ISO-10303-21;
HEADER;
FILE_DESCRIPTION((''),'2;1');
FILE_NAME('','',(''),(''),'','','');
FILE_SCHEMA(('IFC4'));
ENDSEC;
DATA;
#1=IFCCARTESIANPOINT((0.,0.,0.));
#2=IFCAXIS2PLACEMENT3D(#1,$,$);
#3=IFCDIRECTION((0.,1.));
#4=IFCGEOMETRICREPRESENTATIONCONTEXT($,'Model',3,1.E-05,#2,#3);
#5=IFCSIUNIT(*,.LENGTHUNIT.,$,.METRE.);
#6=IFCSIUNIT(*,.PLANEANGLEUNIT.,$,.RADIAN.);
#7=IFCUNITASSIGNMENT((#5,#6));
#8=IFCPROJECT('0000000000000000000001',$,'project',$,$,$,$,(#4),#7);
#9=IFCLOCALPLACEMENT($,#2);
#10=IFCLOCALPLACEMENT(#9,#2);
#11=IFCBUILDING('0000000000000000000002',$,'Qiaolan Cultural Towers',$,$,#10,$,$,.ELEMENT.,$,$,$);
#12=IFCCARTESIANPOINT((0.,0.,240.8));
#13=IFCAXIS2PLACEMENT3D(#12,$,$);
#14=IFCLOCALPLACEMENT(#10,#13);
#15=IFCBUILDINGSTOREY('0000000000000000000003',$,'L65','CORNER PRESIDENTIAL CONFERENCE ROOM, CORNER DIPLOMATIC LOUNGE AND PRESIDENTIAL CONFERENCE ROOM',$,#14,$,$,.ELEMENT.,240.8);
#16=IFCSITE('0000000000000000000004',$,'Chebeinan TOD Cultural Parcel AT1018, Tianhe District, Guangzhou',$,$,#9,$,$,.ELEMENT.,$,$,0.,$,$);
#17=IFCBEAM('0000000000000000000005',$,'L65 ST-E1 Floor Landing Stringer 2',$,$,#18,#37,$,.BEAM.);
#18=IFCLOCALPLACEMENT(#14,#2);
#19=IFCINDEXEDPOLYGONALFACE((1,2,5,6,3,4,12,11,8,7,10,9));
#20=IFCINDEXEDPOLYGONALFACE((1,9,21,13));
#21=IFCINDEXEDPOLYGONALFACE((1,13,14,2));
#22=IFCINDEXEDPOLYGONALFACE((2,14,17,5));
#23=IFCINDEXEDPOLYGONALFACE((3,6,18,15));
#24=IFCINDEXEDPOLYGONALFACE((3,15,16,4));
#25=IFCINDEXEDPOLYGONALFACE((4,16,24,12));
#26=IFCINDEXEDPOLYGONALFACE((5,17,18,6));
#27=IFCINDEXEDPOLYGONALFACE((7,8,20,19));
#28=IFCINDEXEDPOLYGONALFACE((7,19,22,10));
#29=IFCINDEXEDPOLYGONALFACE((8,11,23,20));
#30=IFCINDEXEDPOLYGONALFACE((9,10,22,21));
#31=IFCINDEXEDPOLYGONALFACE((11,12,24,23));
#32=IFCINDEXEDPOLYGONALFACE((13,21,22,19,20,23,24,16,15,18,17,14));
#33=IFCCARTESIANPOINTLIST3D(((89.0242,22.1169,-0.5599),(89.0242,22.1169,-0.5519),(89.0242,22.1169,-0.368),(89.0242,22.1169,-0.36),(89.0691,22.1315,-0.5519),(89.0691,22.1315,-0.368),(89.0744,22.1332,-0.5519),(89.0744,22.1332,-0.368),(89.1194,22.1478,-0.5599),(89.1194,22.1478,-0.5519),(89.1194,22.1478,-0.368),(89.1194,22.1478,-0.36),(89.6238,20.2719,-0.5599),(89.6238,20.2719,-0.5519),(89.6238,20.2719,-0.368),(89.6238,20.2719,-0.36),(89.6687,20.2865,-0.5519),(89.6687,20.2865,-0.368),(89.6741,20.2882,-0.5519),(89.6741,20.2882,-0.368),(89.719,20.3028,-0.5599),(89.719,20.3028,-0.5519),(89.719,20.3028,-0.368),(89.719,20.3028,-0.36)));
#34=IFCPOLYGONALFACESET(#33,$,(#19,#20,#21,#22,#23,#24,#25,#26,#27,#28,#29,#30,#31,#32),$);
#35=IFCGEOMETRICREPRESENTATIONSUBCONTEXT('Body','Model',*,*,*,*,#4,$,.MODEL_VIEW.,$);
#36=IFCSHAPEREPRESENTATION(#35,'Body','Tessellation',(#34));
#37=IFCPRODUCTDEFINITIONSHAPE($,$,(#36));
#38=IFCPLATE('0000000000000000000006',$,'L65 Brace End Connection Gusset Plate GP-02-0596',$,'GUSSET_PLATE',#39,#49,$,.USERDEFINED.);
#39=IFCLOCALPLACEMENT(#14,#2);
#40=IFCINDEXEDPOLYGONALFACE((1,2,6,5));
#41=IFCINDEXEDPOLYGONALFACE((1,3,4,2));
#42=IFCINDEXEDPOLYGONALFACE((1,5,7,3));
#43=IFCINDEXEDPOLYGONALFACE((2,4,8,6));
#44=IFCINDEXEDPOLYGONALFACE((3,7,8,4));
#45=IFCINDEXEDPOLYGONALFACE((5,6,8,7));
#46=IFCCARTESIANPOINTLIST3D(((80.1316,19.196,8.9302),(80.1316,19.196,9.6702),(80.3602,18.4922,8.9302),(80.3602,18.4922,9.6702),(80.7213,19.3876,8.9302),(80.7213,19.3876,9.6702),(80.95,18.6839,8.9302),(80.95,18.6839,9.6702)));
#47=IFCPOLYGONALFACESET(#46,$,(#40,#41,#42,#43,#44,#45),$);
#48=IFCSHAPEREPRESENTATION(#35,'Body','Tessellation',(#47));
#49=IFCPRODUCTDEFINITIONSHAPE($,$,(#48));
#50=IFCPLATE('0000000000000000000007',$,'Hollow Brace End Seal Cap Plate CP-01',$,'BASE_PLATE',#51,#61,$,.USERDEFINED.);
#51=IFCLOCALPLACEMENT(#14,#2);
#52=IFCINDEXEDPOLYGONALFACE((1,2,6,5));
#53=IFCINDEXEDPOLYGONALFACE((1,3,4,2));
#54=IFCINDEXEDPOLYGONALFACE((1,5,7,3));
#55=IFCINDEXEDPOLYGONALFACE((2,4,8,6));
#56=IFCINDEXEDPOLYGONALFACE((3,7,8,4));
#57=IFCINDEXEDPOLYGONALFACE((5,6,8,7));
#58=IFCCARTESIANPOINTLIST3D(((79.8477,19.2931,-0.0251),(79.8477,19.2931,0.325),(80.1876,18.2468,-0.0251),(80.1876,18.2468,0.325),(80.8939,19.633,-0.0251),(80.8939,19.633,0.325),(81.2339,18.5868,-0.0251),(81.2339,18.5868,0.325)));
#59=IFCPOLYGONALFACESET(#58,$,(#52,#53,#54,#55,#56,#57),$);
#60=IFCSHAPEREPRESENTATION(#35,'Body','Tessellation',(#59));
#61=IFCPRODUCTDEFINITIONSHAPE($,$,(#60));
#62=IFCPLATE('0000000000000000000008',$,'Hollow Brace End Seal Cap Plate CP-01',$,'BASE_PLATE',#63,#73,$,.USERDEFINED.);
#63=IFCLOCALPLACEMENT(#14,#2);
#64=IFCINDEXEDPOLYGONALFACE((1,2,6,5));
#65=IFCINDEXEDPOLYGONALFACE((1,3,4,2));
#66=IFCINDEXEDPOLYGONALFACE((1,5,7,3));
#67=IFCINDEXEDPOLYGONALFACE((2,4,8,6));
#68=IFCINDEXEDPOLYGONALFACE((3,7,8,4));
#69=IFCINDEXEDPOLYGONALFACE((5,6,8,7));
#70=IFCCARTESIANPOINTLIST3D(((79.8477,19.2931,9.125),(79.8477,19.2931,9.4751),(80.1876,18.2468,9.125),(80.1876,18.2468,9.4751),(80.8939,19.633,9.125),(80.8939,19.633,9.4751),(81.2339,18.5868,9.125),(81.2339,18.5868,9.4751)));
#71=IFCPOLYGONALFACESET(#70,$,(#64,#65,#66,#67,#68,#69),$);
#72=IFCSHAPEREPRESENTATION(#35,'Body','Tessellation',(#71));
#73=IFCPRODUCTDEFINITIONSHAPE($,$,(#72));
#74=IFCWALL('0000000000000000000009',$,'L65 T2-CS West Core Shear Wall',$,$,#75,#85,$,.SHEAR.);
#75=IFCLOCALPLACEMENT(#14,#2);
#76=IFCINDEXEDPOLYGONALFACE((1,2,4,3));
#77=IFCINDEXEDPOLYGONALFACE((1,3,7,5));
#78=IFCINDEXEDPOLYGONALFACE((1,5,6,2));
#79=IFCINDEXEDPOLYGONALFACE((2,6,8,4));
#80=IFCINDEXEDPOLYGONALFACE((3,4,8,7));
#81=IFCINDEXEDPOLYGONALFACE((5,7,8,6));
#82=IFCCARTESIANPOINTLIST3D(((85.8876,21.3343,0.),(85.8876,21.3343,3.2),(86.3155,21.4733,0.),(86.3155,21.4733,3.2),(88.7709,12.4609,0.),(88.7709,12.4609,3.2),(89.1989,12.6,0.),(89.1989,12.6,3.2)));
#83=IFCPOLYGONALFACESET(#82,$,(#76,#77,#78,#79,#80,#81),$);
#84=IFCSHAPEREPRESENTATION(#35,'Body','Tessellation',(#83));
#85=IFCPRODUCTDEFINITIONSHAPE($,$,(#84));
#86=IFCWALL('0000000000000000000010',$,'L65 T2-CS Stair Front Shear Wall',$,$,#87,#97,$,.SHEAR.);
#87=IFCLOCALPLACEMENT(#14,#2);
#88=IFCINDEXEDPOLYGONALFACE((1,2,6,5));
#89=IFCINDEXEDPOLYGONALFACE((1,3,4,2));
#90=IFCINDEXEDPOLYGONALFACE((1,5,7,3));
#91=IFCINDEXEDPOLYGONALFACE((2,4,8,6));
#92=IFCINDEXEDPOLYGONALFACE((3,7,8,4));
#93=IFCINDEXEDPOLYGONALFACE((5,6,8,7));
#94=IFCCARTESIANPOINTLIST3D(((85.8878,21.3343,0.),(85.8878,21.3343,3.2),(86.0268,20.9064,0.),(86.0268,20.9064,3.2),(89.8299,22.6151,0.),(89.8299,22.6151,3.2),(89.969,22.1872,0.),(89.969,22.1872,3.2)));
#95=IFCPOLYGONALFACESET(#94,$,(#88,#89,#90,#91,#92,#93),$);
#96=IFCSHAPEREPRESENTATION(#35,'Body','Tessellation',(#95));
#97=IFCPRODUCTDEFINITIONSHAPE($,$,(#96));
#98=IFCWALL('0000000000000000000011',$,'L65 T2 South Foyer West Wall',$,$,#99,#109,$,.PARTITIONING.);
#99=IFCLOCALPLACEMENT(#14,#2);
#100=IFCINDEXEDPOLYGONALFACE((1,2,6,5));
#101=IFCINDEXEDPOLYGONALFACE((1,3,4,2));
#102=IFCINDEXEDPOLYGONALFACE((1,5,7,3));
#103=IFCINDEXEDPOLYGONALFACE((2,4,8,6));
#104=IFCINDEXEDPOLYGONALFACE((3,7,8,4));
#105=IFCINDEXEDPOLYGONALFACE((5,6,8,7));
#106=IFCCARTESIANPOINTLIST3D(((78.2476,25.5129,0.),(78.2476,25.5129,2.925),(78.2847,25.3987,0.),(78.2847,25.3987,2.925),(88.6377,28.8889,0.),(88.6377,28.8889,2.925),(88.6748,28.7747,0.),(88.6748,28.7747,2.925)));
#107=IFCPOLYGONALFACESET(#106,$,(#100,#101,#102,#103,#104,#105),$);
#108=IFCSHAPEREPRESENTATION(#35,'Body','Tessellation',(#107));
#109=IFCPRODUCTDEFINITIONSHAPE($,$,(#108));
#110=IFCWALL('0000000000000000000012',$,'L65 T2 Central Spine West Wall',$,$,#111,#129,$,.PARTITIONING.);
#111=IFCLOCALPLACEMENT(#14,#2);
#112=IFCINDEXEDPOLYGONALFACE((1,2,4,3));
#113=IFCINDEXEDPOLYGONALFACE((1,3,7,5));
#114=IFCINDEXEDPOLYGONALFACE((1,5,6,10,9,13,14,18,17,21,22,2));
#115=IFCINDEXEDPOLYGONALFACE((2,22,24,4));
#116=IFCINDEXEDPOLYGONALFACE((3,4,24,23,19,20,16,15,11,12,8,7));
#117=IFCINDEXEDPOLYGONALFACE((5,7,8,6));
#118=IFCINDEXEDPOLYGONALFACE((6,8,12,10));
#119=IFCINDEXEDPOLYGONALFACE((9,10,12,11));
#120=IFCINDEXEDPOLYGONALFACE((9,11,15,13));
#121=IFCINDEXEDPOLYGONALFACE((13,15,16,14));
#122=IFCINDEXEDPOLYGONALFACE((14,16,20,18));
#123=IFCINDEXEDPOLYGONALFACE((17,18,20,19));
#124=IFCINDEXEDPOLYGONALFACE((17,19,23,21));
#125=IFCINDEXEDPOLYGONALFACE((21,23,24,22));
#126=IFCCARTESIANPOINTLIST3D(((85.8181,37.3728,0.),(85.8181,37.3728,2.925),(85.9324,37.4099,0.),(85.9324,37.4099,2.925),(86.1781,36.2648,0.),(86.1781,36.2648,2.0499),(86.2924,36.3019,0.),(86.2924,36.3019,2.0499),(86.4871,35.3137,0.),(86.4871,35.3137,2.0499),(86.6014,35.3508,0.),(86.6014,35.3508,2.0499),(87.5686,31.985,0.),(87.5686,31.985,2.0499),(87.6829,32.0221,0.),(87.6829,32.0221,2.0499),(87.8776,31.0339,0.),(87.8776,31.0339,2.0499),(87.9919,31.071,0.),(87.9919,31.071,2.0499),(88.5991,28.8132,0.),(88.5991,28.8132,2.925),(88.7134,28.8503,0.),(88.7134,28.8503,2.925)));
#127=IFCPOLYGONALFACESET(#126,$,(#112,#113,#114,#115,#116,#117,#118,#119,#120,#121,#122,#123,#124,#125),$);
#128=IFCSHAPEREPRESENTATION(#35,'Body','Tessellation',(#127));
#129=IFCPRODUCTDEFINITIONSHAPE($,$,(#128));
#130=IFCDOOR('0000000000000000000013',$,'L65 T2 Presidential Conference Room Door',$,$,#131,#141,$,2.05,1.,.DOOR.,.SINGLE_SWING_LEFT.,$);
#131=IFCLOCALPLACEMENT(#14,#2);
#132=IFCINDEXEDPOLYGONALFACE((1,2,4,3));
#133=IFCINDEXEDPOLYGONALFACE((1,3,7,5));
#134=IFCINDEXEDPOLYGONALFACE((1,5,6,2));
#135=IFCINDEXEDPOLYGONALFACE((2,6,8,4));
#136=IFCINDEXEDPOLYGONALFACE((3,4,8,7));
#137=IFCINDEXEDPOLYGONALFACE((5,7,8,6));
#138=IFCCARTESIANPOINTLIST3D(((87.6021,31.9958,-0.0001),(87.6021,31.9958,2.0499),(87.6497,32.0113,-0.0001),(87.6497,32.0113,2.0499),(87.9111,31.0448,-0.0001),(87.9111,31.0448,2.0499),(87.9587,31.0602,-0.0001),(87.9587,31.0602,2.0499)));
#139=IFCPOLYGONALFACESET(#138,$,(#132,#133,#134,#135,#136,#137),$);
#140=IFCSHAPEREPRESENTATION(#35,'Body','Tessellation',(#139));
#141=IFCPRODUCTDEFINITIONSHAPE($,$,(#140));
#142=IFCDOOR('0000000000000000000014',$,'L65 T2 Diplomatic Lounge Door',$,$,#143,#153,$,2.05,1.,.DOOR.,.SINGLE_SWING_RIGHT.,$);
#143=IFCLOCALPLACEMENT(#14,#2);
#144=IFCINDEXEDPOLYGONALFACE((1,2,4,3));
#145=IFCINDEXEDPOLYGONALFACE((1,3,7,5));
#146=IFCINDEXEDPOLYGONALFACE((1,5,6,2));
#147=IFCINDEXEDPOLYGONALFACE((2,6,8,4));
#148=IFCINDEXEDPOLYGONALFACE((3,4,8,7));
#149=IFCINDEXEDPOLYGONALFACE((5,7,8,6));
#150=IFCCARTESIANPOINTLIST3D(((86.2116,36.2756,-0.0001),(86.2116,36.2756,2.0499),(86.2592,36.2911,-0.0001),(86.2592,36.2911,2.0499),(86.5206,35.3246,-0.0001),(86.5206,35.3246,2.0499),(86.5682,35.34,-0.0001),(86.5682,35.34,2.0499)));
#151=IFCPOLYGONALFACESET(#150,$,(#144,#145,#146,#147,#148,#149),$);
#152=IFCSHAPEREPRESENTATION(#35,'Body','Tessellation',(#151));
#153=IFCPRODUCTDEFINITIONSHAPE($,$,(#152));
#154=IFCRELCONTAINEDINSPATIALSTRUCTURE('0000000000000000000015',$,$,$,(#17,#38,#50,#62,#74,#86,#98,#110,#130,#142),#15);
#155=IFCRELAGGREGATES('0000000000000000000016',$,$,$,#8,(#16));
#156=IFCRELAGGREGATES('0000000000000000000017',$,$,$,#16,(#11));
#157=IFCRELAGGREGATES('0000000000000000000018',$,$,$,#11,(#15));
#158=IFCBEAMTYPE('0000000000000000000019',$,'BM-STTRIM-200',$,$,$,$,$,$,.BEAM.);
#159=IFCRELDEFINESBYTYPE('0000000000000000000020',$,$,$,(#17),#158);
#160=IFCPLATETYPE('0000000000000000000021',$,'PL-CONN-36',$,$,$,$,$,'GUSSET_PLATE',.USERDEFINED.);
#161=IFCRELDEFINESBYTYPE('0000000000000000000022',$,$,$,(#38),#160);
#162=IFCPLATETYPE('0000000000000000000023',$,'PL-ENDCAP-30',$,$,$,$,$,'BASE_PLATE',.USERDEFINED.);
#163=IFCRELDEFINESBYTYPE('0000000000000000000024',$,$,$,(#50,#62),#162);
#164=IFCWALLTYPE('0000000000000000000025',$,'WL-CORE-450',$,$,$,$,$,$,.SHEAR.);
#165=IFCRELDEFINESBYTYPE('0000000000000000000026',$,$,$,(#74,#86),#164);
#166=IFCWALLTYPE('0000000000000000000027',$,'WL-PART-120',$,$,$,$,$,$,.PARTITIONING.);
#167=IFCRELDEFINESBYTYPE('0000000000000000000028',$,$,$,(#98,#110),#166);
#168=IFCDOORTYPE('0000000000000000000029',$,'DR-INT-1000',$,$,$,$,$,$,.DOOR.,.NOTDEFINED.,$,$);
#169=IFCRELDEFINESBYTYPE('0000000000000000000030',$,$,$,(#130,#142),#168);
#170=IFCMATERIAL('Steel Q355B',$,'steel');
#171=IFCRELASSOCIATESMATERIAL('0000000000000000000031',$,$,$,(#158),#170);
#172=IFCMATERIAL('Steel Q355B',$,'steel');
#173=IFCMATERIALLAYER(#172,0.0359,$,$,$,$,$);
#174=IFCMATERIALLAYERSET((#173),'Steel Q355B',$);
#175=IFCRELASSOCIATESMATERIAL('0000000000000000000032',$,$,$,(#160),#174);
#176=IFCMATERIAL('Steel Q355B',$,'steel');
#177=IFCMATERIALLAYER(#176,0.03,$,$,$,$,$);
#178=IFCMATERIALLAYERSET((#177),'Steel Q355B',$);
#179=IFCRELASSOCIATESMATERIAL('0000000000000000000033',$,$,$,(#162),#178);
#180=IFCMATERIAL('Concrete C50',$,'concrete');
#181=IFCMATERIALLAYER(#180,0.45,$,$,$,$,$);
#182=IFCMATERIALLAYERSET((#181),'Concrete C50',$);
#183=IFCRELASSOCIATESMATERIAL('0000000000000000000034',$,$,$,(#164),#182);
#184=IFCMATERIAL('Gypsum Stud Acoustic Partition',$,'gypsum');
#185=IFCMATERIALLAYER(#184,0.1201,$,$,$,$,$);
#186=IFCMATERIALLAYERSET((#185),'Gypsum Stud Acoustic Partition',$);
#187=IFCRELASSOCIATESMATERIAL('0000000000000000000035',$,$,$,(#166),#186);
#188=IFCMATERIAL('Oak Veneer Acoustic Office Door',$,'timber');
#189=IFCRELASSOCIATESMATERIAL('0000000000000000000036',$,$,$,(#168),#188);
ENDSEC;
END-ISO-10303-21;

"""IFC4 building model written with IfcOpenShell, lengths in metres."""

from ifc_helpers import new_model, si_unit, direction, frame, frame_2d, origin, origin_2d, place, context, subcontext, project, spatial, rectangle, i_section, extrude, material, layer, layer_set, material_profile, profile_set, type_object, element, fill, save


model = new_model("IFC4")

# Units and contexts
model_context = context("Model", 3, precision=1e-05, world=origin(), true_north=direction((0.0, 1.0)))
body_context = subcontext(model_context, "Body", "Model", "MODEL_VIEW")
ifc_project = project(units=[si_unit("LENGTHUNIT", "METRE"), si_unit("PLANEANGLEUNIT", "RADIAN")], contexts=[model_context])

# Site, building, storey
site_placement = place(None, origin())
site = spatial("IfcSite", under=ifc_project, at=site_placement, Name="Chebeinan TOD Cultural Parcel AT1018, Tianhe District, Guangzhou", CompositionType="ELEMENT", RefElevation=0.0)
building_placement = place(site_placement, origin())
building = spatial("IfcBuilding", under=site, at=building_placement, Name="Qiaolan Cultural Towers", CompositionType="ELEMENT")
storey_placement = place(building_placement, frame((0.0, 0.0, 240.8)))
storey = spatial("IfcBuildingStorey", under=building, at=storey_placement, Name="L65", Description="CORNER PRESIDENTIAL CONFERENCE ROOM, CORNER DIPLOMATIC LOUNGE AND PRESIDENTIAL CONFERENCE ROOM", CompositionType="ELEMENT", Elevation=240.8)

# Beam
ifc_material_1 = material(Name="Steel Q355B", Category="steel")
ifc_material_profile_1 = material_profile(ifc_material_1, i_section(OverallWidth=0.1001, OverallDepth=0.2, WebThickness=0.0056, FlangeThickness=0.0081, at=origin_2d()), Name="HN200x100x5.5x8")
ifc_profile_set_1 = profile_set([ifc_material_profile_1], Name="Steel Q355B")
beam_type_1 = type_object("IfcBeamType", Name="BM-STTRIM-200", PredefinedType="BEAM", material=ifc_profile_set_1)
for number, where, z_axis, x_axis, name in (
    (1, (89.0718, 22.1323, -0.46), (0.309083, -0.951035, 0.0), (0.951035, 0.309083, 0.0), "L65 ST-E1 Floor Landing Stringer 2"),
):
    element("IfcBeam", number, at=place(storey_placement, frame(where, z_axis=z_axis, x_axis=x_axis)), inside=storey, type_object=beam_type_1, Name=name, PredefinedType="BEAM", context=body_context, shape_type="SweptSolid", body=[
        extrude(i_section(OverallWidth=0.1001, OverallDepth=0.2, WebThickness=0.0056, FlangeThickness=0.0081, at=origin_2d()), origin(), (0.0, 0.0, 1.0), 1.9399),
    ])

# Plates
ifc_material_2 = material(Name="Steel Q355B", Category="steel")
ifc_layer_1 = layer(ifc_material_2, 0.0359)
ifc_layer_set_1 = layer_set([ifc_layer_1], Name="Steel Q355B")
plate_type_1 = type_object("IfcPlateType", Name="PL-CONN-36", ElementType="GUSSET_PLATE", PredefinedType="USERDEFINED", material=ifc_layer_set_1)
plate_placement = place(storey_placement, frame((80.5408, 18.9399, 8.9302), z_axis=(0.0, 0.0, 1.0), x_axis=(-0.309017, 0.951057, 0.0)))
element("IfcPlate", 2, at=plate_placement, inside=storey, type_object=plate_type_1, Name="L65 Brace End Connection Gusset Plate GP-02-0596", ObjectType="GUSSET_PLATE", PredefinedType="USERDEFINED", context=body_context, shape_type="SweptSolid", body=[
    extrude(rectangle(XDim=0.74, YDim=0.6201, at=origin_2d()), origin(), (0.0, 0.0, 1.0), 0.74),
])
ifc_material_3 = material(Name="Steel Q355B", Category="steel")
ifc_layer_2 = layer(ifc_material_3, 0.03)
ifc_layer_set_2 = layer_set([ifc_layer_2], Name="Steel Q355B")
plate_type_2 = type_object("IfcPlateType", Name="PL-ENDCAP-30", ElementType="BASE_PLATE", PredefinedType="USERDEFINED", material=ifc_layer_set_2)
for number, where, z_axis, x_axis, name in (
    (3, (80.5408, 18.9399, -0.0251), (0.0, 0.0, 1.0), (-0.309017, 0.951057, 0.0), "Hollow Brace End Seal Cap Plate CP-01"),
    (4, (80.5408, 18.9399, 9.125), (0.0, 0.0, 1.0), (-0.309017, 0.951057, 0.0), "Hollow Brace End Seal Cap Plate CP-01"),
):
    element("IfcPlate", number, at=place(storey_placement, frame(where, z_axis=z_axis, x_axis=x_axis)), inside=storey, type_object=plate_type_2, Name=name, ObjectType="BASE_PLATE", PredefinedType="USERDEFINED", context=body_context, shape_type="SweptSolid", body=[
        extrude(rectangle(XDim=1.1001, YDim=1.1001, at=origin_2d()), origin(), (0.0, 0.0, 1.0), 0.3501),
    ])

# Walls
ifc_material_4 = material(Name="Concrete C50", Category="concrete")
ifc_layer_3 = layer(ifc_material_4, 0.45)
ifc_layer_set_3 = layer_set([ifc_layer_3], Name="Concrete C50")
wall_type_1 = type_object("IfcWallType", Name="WL-CORE-450", PredefinedType="SHEAR", material=ifc_layer_set_3)
wall_1_placement = place(storey_placement, frame((86.1016, 21.4038, 0.0), z_axis=(0.0, 0.0, 1.0), x_axis=(0.309036, -0.95105, 0.0)))
element("IfcWall", 5, at=wall_1_placement, inside=storey, type_object=wall_type_1, Name="L65 T2-CS West Core Shear Wall", PredefinedType="SHEAR", context=body_context, shape_type="SweptSolid", body=[
    extrude(rectangle(XDim=9.3301, YDim=0.45, at=frame_2d((4.665, 0.0))), origin(), (0.0, 0.0, 1.0), 3.2),
])
wall_2_placement = place(storey_placement, frame((85.9573, 21.1204, 0.0), z_axis=(0.0, 0.0, 1.0), x_axis=(0.951065, 0.308992, 0.0)))
element("IfcWall", 6, at=wall_2_placement, inside=storey, type_object=wall_type_1, Name="L65 T2-CS Stair Front Shear Wall", PredefinedType="SHEAR", context=body_context, shape_type="SweptSolid", body=[
    extrude(rectangle(XDim=4.145, YDim=0.45, at=frame_2d((2.0725, 0.0))), origin(), (0.0, 0.0, 1.0), 3.2),
])
ifc_material_5 = material(Name="Gypsum Stud Acoustic Partition", Category="gypsum")
ifc_layer_4 = layer(ifc_material_5, 0.1201)
ifc_layer_set_4 = layer_set([ifc_layer_4], Name="Gypsum Stud Acoustic Partition")
wall_type_2 = type_object("IfcWallType", Name="WL-PART-120", PredefinedType="PARTITIONING", material=ifc_layer_set_4)
wall_3_placement = place(storey_placement, frame((78.2661, 25.4558, 0.0), z_axis=(0.0, 0.0, 1.0), x_axis=(0.951056, 0.309018, 0.0)))
element("IfcWall", 7, at=wall_3_placement, inside=storey, type_object=wall_type_2, Name="L65 T2 South Foyer West Wall", PredefinedType="PARTITIONING", context=body_context, shape_type="SweptSolid", body=[
    extrude(rectangle(XDim=10.9248, YDim=0.1201, at=frame_2d((5.4624, 0.0))), origin(), (0.0, 0.0, 1.0), 2.925),
])

# Wall, openings, doors
wall_4_placement = place(storey_placement, frame((88.6562, 28.8318, 0.0), z_axis=(0.0, 0.0, 1.0), x_axis=(-0.309, 0.951062, 0.0)))
wall_4 = element("IfcWall", 8, at=wall_4_placement, inside=storey, type_object=wall_type_2, Name="L65 T2 Central Spine West Wall", PredefinedType="PARTITIONING", context=body_context, shape_type="SweptSolid", body=[
    extrude(rectangle(XDim=9.0, YDim=0.1201, at=frame_2d((4.5, 0.0))), origin(), (0.0, 0.0, 1.0), 2.925),
])
opening_1_placement = place(wall_4_placement, frame((2.335, 0.0, 0.0)))
opening_1 = element("IfcOpeningElement", 9, at=opening_1_placement, cuts=wall_4, PredefinedType="OPENING", context=body_context, shape_type="SweptSolid", body=[
    extrude(rectangle(XDim=1.0, YDim=2.05, at=frame_2d((0.5, 1.0249))), frame((0.0, 0.0701, 0.0), z_axis=(0.0, -1.0, 0.0), x_axis=(1.0, 0.0, 0.0)), (0.0, 0.0, 1.0), 0.1401),
])
opening_2_placement = place(wall_4_placement, frame((6.835, 0.0, 0.0)))
opening_2 = element("IfcOpeningElement", 10, at=opening_2_placement, cuts=wall_4, PredefinedType="OPENING", context=body_context, shape_type="SweptSolid", body=[
    extrude(rectangle(XDim=1.0, YDim=2.05, at=frame_2d((0.5, 1.0249))), frame((0.0, 0.0701, 0.0), z_axis=(0.0, -1.0, 0.0), x_axis=(1.0, 0.0, 0.0)), (0.0, 0.0, 1.0), 0.1401),
])
ifc_material_6 = material(Name="Oak Veneer Acoustic Office Door", Category="timber")
door_type = type_object("IfcDoorType", Name="DR-INT-1000", OperationType="NOTDEFINED", PredefinedType="DOOR", material=ifc_material_6)
door_1_placement = place(opening_1_placement, origin())
door_1 = element("IfcDoor", 11, at=door_1_placement, inside=storey, type_object=door_type, Name="L65 T2 Presidential Conference Room Door", OperationType="SINGLE_SWING_LEFT", OverallHeight=2.05, OverallWidth=1.0, PredefinedType="DOOR", context=body_context, shape_type="SweptSolid", body=[
    extrude(rectangle(XDim=1.0, YDim=2.05, at=frame_2d((0.5, 1.0249))), frame((0.0, 0.0249, 0.0), z_axis=(0.0, -1.0, 0.0), x_axis=(1.0, 0.0, 0.0)), (0.0, 0.0, 1.0), 0.05),
])
fill(opening_1, door_1)
door_2_placement = place(opening_2_placement, origin())
door_2 = element("IfcDoor", 12, at=door_2_placement, inside=storey, type_object=door_type, Name="L65 T2 Diplomatic Lounge Door", OperationType="SINGLE_SWING_RIGHT", OverallHeight=2.05, OverallWidth=1.0, PredefinedType="DOOR", context=body_context, shape_type="SweptSolid", body=[
    extrude(rectangle(XDim=1.0, YDim=2.05, at=frame_2d((0.5, 1.0249))), frame((0.0, 0.0249, 0.0), z_axis=(0.0, -1.0, 0.0), x_axis=(1.0, 0.0, 0.0)), (0.0, 0.0, 1.0), 0.05),
])
fill(opening_2, door_2)

save(model, "model.ifc")
